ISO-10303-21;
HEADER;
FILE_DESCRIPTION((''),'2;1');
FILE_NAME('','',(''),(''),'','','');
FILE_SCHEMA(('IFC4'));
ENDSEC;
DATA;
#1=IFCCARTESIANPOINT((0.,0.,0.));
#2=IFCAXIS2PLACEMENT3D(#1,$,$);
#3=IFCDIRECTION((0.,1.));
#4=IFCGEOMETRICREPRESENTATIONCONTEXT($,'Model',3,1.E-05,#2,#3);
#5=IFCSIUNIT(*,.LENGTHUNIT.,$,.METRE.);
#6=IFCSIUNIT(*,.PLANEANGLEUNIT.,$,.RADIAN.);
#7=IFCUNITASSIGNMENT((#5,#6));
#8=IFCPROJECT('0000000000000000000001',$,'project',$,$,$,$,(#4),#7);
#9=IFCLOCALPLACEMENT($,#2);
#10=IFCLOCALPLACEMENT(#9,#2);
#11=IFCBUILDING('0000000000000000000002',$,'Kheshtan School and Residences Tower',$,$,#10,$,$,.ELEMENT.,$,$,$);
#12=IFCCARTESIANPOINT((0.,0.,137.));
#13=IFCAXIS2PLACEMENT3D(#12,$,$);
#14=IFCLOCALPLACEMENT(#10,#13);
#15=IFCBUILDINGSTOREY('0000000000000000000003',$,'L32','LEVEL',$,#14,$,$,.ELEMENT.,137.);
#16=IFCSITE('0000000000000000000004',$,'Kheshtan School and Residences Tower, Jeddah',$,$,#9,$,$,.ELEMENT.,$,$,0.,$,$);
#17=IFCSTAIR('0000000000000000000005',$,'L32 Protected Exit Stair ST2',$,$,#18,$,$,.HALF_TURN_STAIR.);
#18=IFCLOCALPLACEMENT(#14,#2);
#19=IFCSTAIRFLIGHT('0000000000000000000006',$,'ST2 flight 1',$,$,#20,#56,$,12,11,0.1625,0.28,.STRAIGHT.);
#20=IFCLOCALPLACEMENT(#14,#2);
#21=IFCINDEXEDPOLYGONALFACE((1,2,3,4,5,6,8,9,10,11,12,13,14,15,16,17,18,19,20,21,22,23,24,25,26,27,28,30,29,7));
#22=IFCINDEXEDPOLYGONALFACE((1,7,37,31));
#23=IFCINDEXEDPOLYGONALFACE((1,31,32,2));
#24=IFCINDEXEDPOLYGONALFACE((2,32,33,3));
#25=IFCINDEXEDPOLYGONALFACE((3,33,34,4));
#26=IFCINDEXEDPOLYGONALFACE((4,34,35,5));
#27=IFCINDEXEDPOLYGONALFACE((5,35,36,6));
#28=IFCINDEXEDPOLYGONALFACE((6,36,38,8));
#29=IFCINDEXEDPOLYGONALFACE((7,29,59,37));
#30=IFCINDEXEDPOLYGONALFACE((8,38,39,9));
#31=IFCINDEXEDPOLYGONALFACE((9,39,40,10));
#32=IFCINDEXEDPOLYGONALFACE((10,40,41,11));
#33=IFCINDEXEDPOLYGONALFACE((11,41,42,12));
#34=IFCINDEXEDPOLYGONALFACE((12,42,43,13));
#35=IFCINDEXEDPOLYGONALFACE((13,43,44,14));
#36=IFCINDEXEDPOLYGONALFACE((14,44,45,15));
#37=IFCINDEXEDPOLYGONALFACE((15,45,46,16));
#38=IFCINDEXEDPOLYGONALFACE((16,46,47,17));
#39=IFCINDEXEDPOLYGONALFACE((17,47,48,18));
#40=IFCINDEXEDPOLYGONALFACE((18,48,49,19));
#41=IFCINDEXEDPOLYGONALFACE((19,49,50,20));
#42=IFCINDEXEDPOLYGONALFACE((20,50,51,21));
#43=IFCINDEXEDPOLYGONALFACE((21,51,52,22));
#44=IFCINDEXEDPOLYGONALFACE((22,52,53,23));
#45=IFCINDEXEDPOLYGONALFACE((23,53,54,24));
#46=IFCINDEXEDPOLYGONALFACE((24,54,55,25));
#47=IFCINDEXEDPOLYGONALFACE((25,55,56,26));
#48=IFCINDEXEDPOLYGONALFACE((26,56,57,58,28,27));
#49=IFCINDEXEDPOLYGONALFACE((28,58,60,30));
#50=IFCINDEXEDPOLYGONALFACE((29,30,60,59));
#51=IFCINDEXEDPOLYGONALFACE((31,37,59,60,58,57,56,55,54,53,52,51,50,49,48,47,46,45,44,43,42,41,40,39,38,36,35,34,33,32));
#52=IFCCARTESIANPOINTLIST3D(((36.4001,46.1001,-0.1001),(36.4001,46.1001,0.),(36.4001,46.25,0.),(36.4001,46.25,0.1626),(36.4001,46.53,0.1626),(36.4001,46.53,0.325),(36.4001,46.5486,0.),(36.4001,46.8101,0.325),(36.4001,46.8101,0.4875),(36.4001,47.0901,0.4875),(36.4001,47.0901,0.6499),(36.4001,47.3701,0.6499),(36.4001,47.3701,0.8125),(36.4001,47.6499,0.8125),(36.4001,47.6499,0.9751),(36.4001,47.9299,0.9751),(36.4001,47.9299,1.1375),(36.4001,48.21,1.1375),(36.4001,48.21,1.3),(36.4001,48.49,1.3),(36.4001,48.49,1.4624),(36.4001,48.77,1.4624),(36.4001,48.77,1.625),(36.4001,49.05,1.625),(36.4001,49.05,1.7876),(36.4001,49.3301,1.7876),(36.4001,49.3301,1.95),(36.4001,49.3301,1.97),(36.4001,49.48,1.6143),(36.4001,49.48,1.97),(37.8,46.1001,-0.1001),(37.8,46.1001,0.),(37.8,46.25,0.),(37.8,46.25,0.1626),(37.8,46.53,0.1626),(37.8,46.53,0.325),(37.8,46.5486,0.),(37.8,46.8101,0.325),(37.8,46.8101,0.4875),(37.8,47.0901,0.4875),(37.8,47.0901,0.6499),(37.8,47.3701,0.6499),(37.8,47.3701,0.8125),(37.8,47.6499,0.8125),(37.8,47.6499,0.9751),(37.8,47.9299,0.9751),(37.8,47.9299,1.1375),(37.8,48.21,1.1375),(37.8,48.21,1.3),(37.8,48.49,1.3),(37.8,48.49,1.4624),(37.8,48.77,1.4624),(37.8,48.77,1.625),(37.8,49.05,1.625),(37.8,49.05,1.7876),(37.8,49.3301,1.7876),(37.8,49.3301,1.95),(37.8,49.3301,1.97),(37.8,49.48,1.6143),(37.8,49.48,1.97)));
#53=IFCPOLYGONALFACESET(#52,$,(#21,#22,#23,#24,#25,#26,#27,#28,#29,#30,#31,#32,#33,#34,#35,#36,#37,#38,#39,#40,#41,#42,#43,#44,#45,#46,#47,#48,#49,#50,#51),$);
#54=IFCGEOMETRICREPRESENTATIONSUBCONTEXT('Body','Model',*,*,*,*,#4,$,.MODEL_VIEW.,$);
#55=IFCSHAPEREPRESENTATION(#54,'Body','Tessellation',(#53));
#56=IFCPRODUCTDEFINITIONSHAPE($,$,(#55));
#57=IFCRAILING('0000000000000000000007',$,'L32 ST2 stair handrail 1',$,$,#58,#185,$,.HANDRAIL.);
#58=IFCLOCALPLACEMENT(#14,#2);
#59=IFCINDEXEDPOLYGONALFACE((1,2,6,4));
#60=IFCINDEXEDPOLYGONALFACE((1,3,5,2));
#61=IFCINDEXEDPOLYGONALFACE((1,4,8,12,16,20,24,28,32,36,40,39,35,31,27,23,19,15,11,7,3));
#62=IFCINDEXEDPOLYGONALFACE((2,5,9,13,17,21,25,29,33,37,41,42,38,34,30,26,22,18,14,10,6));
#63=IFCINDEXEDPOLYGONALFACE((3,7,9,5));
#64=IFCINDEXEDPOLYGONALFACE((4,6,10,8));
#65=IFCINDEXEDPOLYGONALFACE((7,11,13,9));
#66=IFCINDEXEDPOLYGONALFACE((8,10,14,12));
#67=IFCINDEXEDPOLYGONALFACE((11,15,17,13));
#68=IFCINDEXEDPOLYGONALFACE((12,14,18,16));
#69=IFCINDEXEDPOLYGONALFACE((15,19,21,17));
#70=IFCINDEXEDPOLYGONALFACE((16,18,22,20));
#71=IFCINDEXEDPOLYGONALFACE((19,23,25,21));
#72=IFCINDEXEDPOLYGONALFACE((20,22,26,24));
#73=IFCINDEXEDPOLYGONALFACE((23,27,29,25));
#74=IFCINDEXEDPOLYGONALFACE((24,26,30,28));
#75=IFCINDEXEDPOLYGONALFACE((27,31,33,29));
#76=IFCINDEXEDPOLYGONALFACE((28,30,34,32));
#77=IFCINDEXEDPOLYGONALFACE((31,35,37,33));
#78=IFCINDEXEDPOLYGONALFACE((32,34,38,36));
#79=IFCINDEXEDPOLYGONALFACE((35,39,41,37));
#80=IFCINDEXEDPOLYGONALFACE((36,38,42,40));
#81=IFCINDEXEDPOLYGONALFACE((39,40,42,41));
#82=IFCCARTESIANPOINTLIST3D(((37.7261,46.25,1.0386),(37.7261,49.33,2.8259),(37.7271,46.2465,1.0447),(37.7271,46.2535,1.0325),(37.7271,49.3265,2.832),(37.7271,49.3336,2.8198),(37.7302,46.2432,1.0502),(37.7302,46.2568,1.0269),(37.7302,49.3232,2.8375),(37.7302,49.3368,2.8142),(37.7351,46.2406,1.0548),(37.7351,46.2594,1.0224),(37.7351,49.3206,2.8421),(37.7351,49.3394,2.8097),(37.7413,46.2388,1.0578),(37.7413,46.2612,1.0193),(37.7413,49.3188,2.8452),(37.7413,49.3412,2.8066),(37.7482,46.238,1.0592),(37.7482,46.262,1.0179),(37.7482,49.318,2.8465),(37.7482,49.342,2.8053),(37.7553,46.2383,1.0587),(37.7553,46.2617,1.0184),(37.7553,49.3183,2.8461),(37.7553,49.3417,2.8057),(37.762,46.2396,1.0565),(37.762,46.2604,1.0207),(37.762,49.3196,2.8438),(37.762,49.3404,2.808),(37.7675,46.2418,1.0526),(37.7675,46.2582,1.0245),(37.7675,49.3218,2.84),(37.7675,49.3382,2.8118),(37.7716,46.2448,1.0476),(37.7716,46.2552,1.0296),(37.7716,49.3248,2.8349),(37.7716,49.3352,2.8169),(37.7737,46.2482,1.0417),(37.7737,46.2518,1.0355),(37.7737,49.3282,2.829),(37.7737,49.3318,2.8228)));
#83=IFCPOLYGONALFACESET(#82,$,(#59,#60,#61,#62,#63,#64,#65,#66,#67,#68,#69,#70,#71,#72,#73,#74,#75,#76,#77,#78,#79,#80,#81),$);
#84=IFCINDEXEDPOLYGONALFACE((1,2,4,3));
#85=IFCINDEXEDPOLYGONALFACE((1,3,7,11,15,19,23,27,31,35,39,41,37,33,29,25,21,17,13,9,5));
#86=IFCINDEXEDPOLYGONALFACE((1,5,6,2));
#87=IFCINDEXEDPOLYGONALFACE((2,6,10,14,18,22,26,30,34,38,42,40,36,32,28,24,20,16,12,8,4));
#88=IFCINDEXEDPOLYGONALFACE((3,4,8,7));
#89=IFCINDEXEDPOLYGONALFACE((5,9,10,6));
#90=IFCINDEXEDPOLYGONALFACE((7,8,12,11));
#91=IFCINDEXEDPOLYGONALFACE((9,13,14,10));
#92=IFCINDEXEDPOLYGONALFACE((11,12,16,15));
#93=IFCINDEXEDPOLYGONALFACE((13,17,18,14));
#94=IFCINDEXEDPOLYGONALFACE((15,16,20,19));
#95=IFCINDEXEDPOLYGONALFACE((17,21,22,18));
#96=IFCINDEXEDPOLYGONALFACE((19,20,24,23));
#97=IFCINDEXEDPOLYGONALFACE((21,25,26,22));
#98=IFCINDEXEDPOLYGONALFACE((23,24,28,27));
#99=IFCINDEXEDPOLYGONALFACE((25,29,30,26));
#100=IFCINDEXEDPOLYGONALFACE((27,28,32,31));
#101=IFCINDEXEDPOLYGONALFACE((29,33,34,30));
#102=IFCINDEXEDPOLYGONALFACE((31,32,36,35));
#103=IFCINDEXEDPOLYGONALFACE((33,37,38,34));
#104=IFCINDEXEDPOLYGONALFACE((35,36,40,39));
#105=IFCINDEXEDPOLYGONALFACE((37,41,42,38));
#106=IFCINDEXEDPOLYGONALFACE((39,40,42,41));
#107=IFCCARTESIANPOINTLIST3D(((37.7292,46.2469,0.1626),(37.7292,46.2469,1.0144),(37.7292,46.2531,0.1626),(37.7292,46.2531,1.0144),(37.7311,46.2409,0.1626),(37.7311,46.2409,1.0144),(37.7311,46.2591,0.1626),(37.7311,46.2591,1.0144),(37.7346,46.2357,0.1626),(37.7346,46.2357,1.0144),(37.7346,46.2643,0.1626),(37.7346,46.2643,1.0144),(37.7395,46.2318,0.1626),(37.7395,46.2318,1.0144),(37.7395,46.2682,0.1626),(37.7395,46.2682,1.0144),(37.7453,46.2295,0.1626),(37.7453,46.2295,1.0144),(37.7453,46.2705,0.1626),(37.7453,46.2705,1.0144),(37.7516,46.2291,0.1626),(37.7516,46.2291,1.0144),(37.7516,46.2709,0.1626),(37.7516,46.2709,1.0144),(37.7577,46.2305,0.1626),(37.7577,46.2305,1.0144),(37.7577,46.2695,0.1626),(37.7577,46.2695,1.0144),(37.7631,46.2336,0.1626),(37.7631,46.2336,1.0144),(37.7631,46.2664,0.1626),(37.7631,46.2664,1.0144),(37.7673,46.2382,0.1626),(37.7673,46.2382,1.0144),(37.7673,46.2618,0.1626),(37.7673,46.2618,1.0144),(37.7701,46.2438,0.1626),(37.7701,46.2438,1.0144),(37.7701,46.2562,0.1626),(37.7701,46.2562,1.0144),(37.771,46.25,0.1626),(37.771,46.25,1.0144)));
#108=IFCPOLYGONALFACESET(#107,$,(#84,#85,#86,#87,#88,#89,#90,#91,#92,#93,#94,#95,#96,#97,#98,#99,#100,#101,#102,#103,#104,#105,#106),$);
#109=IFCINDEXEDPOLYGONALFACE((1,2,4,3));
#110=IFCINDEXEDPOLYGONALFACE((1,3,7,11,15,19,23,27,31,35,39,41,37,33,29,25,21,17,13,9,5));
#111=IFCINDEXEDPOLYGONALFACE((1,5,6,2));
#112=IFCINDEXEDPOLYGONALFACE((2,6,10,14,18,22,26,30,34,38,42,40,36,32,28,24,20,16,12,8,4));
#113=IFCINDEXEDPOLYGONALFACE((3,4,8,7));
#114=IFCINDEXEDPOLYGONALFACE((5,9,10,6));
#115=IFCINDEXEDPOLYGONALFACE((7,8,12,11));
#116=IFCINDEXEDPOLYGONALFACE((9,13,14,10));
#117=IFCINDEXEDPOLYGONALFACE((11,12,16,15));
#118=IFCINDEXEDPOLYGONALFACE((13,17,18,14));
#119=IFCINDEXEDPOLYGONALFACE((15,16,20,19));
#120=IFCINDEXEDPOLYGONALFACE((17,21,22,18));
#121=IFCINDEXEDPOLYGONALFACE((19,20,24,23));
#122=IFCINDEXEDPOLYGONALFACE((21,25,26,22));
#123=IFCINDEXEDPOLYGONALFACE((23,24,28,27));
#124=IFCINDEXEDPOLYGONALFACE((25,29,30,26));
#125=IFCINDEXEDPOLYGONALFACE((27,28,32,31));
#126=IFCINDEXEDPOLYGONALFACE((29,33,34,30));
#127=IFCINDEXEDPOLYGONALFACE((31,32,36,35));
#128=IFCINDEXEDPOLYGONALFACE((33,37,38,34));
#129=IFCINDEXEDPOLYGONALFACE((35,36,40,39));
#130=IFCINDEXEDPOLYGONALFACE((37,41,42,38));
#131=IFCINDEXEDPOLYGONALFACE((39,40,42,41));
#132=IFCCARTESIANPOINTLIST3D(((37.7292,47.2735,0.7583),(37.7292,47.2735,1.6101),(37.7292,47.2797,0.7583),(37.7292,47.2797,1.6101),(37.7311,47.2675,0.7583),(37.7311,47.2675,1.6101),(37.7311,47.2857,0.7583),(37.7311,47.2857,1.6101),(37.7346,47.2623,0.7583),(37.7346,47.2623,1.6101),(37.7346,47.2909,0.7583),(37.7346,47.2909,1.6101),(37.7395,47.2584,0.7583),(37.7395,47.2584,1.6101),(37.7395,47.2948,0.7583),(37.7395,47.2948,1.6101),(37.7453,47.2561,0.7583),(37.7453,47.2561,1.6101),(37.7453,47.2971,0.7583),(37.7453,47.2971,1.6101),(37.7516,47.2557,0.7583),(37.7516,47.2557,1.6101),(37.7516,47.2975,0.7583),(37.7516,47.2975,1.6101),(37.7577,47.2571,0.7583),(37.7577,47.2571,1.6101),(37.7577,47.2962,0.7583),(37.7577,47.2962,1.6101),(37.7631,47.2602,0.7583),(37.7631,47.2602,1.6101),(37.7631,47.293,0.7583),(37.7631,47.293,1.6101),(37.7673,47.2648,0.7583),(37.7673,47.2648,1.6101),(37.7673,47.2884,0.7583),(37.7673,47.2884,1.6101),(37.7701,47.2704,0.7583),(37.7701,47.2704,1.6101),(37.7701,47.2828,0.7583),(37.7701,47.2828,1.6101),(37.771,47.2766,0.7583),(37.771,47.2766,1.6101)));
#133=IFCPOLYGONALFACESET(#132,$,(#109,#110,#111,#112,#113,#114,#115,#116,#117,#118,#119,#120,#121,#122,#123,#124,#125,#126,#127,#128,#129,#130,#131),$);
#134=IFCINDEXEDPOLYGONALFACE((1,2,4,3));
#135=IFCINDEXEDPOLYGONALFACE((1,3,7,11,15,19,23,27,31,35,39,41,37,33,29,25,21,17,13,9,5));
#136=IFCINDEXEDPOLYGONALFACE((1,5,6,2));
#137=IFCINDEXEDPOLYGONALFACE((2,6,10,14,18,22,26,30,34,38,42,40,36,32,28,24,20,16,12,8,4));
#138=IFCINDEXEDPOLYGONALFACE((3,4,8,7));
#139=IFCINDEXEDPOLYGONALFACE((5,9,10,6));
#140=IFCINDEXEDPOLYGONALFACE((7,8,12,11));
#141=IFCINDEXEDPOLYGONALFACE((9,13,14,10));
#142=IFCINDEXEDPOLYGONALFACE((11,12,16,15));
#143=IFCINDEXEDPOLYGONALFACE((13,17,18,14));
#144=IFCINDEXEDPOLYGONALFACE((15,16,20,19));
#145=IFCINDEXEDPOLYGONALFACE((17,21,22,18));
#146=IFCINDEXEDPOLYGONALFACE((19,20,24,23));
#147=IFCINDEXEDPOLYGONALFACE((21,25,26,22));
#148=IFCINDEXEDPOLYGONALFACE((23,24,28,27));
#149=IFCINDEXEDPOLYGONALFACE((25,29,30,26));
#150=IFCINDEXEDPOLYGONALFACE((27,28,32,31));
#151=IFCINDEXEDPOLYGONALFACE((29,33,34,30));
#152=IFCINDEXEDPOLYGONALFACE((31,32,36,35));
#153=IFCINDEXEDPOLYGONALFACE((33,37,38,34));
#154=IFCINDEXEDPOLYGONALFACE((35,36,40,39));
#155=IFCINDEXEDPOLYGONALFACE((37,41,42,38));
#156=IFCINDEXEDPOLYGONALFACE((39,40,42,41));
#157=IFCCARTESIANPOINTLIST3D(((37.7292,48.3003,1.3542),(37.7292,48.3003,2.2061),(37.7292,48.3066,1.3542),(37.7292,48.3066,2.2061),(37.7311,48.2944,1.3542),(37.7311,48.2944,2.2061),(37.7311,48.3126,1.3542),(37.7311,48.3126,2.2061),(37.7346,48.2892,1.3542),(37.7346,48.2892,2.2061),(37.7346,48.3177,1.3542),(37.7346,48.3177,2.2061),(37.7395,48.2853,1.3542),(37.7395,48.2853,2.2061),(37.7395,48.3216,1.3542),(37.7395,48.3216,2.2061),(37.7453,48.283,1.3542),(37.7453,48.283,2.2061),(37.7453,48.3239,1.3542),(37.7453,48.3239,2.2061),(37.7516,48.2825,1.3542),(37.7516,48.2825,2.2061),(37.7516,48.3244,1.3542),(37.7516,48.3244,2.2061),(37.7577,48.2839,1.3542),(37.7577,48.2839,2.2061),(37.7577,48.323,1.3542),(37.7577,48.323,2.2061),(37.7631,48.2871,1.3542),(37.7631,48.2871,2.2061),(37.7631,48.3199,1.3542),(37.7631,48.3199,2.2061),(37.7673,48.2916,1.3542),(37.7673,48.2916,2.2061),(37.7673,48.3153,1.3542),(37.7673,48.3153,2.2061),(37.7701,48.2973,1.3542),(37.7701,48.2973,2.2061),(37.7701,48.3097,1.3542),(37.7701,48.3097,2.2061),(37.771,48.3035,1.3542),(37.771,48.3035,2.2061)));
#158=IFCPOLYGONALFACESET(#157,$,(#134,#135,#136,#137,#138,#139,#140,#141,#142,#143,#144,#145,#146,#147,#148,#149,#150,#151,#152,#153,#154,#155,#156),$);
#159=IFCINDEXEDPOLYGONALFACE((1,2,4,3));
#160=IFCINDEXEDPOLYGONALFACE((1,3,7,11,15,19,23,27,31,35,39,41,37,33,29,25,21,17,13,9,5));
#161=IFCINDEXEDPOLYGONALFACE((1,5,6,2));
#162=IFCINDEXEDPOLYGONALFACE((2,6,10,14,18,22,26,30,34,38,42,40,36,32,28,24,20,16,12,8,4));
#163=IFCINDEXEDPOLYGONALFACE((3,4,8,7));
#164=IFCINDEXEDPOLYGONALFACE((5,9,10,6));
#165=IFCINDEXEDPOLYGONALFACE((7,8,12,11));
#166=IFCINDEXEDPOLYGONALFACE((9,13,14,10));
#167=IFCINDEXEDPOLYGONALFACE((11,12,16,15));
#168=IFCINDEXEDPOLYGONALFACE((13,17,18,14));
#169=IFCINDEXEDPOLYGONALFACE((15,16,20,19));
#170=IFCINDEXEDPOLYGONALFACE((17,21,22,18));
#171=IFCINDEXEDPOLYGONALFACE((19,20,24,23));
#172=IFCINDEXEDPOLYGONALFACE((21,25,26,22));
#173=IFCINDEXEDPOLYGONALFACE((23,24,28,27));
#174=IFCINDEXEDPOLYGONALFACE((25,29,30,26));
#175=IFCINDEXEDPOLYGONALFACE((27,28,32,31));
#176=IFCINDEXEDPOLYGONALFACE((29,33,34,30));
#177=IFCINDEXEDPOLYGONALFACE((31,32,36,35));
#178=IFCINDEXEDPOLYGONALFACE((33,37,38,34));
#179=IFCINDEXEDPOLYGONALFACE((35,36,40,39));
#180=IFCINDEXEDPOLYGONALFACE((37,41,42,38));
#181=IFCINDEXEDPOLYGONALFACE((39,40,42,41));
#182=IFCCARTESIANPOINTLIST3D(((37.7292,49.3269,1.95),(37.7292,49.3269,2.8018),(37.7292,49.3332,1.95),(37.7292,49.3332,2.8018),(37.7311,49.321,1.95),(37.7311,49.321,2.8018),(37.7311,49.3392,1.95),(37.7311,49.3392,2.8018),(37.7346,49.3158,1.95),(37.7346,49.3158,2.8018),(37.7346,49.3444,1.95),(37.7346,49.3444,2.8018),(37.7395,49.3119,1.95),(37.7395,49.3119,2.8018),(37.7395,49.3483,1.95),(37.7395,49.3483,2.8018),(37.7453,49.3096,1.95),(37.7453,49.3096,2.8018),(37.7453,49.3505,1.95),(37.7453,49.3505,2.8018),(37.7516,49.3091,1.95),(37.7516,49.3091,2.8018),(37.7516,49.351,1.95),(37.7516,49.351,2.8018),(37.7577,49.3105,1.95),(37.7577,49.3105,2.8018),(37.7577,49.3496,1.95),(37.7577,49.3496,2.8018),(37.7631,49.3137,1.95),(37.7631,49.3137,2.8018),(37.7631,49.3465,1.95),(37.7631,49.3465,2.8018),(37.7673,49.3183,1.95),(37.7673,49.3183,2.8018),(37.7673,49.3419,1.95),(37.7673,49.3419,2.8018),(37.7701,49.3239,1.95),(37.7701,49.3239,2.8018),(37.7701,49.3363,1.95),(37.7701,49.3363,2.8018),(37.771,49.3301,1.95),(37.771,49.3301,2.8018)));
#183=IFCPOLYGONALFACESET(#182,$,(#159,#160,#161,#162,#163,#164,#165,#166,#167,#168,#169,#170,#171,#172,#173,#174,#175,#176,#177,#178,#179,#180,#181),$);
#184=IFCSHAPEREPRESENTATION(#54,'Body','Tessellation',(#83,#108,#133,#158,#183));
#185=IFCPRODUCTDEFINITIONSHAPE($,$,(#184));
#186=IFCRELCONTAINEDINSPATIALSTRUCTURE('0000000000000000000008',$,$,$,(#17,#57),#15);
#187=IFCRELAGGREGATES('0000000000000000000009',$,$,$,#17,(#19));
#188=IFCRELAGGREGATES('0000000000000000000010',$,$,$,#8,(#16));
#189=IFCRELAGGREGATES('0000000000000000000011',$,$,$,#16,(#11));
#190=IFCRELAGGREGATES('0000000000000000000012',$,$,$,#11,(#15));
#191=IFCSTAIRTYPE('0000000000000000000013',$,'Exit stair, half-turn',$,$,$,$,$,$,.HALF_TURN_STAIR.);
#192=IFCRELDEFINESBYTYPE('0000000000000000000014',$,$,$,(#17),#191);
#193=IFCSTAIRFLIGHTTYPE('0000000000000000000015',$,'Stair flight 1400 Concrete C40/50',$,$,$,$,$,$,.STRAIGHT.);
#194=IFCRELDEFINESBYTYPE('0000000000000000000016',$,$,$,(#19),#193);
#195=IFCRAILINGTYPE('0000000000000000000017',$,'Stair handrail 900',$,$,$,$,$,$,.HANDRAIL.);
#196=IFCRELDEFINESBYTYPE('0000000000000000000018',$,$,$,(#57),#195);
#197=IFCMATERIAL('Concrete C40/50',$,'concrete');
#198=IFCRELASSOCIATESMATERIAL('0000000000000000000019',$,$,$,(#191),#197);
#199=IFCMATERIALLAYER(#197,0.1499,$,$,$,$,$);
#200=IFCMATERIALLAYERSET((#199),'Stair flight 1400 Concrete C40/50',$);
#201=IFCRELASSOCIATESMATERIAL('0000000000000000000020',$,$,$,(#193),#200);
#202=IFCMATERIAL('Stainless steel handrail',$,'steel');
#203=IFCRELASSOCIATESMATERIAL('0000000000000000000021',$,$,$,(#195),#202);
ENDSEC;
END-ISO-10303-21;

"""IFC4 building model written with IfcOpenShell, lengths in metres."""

from ifc_helpers import new_model, si_unit, direction, frame, origin, origin_2d, place, context, subcontext, project, spatial, polyline, circle, outline, extrude, material, layer, layer_set, type_object, element, aggregate, save


model = new_model("IFC4")

# Units and contexts
model_context = context("Model", 3, precision=1e-05, world=origin(), true_north=direction((0.0, 1.0)))
body_context = subcontext(model_context, "Body", "Model", "MODEL_VIEW")
ifc_project = project(units=[si_unit("LENGTHUNIT", "METRE"), si_unit("PLANEANGLEUNIT", "RADIAN")], contexts=[model_context])

# Site, building, storey
site_placement = place(None, origin())
site = spatial("IfcSite", under=ifc_project, at=site_placement, Name="Kheshtan School and Residences Tower, Jeddah", CompositionType="ELEMENT", RefElevation=0.0)
building_placement = place(site_placement, origin())
building = spatial("IfcBuilding", under=site, at=building_placement, Name="Kheshtan School and Residences Tower", CompositionType="ELEMENT")
storey_placement = place(building_placement, frame((0.0, 0.0, 137.0)))
storey = spatial("IfcBuildingStorey", under=building, at=storey_placement, Name="L32", Description="LEVEL", CompositionType="ELEMENT", Elevation=137.0)

# Stair, stair flight
ifc_material_1 = material(Name="Concrete C40/50", Category="concrete")
stair_type = type_object("IfcStairType", Name="Exit stair, half-turn", PredefinedType="HALF_TURN_STAIR", material=ifc_material_1)
stair_placement = place(storey_placement, origin())
stair = element("IfcStair", 1, at=stair_placement, inside=storey, type_object=stair_type, Name="L32 Protected Exit Stair ST2", PredefinedType="HALF_TURN_STAIR")
ifc_layer_1 = layer(ifc_material_1, 0.1499)
ifc_layer_set_1 = layer_set([ifc_layer_1], Name="Stair flight 1400 Concrete C40/50")
stair_flight_type = type_object("IfcStairFlightType", Name="Stair flight 1400 Concrete C40/50", PredefinedType="STRAIGHT", material=ifc_layer_set_1)
stair_flight_placement = place(storey_placement, frame((37.1001, 46.25, 0.0), z_axis=(0.0, 0.0, 1.0), x_axis=(0.0, 1.0, 0.0)))
stair_flight = element("IfcStairFlight", 2, at=stair_flight_placement, type_object=stair_flight_type, Name="ST2 flight 1", NumberOfRisers=12, NumberOfTreads=11, PredefinedType="STRAIGHT", RiserHeight=0.1625, TreadLength=0.28, context=body_context, shape_type="SweptSolid", body=[
    extrude(outline(polyline([(-0.1499, -0.1001), (-0.1499, 0.0), (0.0, 0.0), (0.0, 0.1626), (0.28, 0.1626), (0.28, 0.325), (0.5601, 0.325), (0.5601, 0.4875), (0.8401, 0.4875), (0.8401, 0.6499), (1.1201, 0.6499), (1.1201, 0.8125), (1.3999, 0.8125), (1.3999, 0.9751), (1.6799, 0.9751), (1.6799, 1.1375), (1.96, 1.1375), (1.96, 1.3), (2.24, 1.3), (2.24, 1.4624), (2.52, 1.4624), (2.52, 1.625), (2.8, 1.625), (2.8, 1.7876), (3.0801, 1.7876), (3.0801, 1.95), (3.0801, 1.97), (3.23, 1.97), (3.23, 1.6143), (0.2986, 0.0), (-0.1499, -0.1001)])), frame((0.0, 0.7, 0.0), z_axis=(0.0, -1.0, 0.0), x_axis=(1.0, 0.0, 0.0)), (0.0, 0.0, 1.0), 1.3999),
])
aggregate(stair, [stair_flight])

# Railing
ifc_material_2 = material(Name="Stainless steel handrail", Category="steel")
railing_type_1 = type_object("IfcRailingType", Name="Stair handrail 900", PredefinedType="HANDRAIL", material=ifc_material_2)
railing_1_placement = place(storey_placement, frame((37.75, 46.25, 0.1626)))
element("IfcRailing", 3, at=railing_1_placement, inside=storey, type_object=railing_type_1, Name="L32 ST2 stair handrail 1", PredefinedType="HANDRAIL", context=body_context, shape_type="SweptSolid", body=[
    extrude(circle(Radius=0.0239, at=origin_2d()), frame((0.0, 0.0, 0.876), z_axis=(0.0, 0.86492, 0.501909), x_axis=(-1.0, 0.0, 0.0)), (0.0, 0.0, 1.0), 3.561),
    extrude(circle(Radius=0.021, at=origin_2d()), origin(), (0.0, 0.0, 1.0), 0.8518),
    extrude(circle(Radius=0.021, at=origin_2d()), frame((0.0, 1.0266, 0.5957)), (0.0, 0.0, 1.0), 0.8518),
    extrude(circle(Radius=0.021, at=origin_2d()), frame((0.0, 2.0535, 1.1917)), (0.0, 0.0, 1.0), 0.8518),
    extrude(circle(Radius=0.021, at=origin_2d()), frame((0.0, 3.0801, 1.7874)), (0.0, 0.0, 1.0), 0.8518),
])

save(model, "model.ifc")
